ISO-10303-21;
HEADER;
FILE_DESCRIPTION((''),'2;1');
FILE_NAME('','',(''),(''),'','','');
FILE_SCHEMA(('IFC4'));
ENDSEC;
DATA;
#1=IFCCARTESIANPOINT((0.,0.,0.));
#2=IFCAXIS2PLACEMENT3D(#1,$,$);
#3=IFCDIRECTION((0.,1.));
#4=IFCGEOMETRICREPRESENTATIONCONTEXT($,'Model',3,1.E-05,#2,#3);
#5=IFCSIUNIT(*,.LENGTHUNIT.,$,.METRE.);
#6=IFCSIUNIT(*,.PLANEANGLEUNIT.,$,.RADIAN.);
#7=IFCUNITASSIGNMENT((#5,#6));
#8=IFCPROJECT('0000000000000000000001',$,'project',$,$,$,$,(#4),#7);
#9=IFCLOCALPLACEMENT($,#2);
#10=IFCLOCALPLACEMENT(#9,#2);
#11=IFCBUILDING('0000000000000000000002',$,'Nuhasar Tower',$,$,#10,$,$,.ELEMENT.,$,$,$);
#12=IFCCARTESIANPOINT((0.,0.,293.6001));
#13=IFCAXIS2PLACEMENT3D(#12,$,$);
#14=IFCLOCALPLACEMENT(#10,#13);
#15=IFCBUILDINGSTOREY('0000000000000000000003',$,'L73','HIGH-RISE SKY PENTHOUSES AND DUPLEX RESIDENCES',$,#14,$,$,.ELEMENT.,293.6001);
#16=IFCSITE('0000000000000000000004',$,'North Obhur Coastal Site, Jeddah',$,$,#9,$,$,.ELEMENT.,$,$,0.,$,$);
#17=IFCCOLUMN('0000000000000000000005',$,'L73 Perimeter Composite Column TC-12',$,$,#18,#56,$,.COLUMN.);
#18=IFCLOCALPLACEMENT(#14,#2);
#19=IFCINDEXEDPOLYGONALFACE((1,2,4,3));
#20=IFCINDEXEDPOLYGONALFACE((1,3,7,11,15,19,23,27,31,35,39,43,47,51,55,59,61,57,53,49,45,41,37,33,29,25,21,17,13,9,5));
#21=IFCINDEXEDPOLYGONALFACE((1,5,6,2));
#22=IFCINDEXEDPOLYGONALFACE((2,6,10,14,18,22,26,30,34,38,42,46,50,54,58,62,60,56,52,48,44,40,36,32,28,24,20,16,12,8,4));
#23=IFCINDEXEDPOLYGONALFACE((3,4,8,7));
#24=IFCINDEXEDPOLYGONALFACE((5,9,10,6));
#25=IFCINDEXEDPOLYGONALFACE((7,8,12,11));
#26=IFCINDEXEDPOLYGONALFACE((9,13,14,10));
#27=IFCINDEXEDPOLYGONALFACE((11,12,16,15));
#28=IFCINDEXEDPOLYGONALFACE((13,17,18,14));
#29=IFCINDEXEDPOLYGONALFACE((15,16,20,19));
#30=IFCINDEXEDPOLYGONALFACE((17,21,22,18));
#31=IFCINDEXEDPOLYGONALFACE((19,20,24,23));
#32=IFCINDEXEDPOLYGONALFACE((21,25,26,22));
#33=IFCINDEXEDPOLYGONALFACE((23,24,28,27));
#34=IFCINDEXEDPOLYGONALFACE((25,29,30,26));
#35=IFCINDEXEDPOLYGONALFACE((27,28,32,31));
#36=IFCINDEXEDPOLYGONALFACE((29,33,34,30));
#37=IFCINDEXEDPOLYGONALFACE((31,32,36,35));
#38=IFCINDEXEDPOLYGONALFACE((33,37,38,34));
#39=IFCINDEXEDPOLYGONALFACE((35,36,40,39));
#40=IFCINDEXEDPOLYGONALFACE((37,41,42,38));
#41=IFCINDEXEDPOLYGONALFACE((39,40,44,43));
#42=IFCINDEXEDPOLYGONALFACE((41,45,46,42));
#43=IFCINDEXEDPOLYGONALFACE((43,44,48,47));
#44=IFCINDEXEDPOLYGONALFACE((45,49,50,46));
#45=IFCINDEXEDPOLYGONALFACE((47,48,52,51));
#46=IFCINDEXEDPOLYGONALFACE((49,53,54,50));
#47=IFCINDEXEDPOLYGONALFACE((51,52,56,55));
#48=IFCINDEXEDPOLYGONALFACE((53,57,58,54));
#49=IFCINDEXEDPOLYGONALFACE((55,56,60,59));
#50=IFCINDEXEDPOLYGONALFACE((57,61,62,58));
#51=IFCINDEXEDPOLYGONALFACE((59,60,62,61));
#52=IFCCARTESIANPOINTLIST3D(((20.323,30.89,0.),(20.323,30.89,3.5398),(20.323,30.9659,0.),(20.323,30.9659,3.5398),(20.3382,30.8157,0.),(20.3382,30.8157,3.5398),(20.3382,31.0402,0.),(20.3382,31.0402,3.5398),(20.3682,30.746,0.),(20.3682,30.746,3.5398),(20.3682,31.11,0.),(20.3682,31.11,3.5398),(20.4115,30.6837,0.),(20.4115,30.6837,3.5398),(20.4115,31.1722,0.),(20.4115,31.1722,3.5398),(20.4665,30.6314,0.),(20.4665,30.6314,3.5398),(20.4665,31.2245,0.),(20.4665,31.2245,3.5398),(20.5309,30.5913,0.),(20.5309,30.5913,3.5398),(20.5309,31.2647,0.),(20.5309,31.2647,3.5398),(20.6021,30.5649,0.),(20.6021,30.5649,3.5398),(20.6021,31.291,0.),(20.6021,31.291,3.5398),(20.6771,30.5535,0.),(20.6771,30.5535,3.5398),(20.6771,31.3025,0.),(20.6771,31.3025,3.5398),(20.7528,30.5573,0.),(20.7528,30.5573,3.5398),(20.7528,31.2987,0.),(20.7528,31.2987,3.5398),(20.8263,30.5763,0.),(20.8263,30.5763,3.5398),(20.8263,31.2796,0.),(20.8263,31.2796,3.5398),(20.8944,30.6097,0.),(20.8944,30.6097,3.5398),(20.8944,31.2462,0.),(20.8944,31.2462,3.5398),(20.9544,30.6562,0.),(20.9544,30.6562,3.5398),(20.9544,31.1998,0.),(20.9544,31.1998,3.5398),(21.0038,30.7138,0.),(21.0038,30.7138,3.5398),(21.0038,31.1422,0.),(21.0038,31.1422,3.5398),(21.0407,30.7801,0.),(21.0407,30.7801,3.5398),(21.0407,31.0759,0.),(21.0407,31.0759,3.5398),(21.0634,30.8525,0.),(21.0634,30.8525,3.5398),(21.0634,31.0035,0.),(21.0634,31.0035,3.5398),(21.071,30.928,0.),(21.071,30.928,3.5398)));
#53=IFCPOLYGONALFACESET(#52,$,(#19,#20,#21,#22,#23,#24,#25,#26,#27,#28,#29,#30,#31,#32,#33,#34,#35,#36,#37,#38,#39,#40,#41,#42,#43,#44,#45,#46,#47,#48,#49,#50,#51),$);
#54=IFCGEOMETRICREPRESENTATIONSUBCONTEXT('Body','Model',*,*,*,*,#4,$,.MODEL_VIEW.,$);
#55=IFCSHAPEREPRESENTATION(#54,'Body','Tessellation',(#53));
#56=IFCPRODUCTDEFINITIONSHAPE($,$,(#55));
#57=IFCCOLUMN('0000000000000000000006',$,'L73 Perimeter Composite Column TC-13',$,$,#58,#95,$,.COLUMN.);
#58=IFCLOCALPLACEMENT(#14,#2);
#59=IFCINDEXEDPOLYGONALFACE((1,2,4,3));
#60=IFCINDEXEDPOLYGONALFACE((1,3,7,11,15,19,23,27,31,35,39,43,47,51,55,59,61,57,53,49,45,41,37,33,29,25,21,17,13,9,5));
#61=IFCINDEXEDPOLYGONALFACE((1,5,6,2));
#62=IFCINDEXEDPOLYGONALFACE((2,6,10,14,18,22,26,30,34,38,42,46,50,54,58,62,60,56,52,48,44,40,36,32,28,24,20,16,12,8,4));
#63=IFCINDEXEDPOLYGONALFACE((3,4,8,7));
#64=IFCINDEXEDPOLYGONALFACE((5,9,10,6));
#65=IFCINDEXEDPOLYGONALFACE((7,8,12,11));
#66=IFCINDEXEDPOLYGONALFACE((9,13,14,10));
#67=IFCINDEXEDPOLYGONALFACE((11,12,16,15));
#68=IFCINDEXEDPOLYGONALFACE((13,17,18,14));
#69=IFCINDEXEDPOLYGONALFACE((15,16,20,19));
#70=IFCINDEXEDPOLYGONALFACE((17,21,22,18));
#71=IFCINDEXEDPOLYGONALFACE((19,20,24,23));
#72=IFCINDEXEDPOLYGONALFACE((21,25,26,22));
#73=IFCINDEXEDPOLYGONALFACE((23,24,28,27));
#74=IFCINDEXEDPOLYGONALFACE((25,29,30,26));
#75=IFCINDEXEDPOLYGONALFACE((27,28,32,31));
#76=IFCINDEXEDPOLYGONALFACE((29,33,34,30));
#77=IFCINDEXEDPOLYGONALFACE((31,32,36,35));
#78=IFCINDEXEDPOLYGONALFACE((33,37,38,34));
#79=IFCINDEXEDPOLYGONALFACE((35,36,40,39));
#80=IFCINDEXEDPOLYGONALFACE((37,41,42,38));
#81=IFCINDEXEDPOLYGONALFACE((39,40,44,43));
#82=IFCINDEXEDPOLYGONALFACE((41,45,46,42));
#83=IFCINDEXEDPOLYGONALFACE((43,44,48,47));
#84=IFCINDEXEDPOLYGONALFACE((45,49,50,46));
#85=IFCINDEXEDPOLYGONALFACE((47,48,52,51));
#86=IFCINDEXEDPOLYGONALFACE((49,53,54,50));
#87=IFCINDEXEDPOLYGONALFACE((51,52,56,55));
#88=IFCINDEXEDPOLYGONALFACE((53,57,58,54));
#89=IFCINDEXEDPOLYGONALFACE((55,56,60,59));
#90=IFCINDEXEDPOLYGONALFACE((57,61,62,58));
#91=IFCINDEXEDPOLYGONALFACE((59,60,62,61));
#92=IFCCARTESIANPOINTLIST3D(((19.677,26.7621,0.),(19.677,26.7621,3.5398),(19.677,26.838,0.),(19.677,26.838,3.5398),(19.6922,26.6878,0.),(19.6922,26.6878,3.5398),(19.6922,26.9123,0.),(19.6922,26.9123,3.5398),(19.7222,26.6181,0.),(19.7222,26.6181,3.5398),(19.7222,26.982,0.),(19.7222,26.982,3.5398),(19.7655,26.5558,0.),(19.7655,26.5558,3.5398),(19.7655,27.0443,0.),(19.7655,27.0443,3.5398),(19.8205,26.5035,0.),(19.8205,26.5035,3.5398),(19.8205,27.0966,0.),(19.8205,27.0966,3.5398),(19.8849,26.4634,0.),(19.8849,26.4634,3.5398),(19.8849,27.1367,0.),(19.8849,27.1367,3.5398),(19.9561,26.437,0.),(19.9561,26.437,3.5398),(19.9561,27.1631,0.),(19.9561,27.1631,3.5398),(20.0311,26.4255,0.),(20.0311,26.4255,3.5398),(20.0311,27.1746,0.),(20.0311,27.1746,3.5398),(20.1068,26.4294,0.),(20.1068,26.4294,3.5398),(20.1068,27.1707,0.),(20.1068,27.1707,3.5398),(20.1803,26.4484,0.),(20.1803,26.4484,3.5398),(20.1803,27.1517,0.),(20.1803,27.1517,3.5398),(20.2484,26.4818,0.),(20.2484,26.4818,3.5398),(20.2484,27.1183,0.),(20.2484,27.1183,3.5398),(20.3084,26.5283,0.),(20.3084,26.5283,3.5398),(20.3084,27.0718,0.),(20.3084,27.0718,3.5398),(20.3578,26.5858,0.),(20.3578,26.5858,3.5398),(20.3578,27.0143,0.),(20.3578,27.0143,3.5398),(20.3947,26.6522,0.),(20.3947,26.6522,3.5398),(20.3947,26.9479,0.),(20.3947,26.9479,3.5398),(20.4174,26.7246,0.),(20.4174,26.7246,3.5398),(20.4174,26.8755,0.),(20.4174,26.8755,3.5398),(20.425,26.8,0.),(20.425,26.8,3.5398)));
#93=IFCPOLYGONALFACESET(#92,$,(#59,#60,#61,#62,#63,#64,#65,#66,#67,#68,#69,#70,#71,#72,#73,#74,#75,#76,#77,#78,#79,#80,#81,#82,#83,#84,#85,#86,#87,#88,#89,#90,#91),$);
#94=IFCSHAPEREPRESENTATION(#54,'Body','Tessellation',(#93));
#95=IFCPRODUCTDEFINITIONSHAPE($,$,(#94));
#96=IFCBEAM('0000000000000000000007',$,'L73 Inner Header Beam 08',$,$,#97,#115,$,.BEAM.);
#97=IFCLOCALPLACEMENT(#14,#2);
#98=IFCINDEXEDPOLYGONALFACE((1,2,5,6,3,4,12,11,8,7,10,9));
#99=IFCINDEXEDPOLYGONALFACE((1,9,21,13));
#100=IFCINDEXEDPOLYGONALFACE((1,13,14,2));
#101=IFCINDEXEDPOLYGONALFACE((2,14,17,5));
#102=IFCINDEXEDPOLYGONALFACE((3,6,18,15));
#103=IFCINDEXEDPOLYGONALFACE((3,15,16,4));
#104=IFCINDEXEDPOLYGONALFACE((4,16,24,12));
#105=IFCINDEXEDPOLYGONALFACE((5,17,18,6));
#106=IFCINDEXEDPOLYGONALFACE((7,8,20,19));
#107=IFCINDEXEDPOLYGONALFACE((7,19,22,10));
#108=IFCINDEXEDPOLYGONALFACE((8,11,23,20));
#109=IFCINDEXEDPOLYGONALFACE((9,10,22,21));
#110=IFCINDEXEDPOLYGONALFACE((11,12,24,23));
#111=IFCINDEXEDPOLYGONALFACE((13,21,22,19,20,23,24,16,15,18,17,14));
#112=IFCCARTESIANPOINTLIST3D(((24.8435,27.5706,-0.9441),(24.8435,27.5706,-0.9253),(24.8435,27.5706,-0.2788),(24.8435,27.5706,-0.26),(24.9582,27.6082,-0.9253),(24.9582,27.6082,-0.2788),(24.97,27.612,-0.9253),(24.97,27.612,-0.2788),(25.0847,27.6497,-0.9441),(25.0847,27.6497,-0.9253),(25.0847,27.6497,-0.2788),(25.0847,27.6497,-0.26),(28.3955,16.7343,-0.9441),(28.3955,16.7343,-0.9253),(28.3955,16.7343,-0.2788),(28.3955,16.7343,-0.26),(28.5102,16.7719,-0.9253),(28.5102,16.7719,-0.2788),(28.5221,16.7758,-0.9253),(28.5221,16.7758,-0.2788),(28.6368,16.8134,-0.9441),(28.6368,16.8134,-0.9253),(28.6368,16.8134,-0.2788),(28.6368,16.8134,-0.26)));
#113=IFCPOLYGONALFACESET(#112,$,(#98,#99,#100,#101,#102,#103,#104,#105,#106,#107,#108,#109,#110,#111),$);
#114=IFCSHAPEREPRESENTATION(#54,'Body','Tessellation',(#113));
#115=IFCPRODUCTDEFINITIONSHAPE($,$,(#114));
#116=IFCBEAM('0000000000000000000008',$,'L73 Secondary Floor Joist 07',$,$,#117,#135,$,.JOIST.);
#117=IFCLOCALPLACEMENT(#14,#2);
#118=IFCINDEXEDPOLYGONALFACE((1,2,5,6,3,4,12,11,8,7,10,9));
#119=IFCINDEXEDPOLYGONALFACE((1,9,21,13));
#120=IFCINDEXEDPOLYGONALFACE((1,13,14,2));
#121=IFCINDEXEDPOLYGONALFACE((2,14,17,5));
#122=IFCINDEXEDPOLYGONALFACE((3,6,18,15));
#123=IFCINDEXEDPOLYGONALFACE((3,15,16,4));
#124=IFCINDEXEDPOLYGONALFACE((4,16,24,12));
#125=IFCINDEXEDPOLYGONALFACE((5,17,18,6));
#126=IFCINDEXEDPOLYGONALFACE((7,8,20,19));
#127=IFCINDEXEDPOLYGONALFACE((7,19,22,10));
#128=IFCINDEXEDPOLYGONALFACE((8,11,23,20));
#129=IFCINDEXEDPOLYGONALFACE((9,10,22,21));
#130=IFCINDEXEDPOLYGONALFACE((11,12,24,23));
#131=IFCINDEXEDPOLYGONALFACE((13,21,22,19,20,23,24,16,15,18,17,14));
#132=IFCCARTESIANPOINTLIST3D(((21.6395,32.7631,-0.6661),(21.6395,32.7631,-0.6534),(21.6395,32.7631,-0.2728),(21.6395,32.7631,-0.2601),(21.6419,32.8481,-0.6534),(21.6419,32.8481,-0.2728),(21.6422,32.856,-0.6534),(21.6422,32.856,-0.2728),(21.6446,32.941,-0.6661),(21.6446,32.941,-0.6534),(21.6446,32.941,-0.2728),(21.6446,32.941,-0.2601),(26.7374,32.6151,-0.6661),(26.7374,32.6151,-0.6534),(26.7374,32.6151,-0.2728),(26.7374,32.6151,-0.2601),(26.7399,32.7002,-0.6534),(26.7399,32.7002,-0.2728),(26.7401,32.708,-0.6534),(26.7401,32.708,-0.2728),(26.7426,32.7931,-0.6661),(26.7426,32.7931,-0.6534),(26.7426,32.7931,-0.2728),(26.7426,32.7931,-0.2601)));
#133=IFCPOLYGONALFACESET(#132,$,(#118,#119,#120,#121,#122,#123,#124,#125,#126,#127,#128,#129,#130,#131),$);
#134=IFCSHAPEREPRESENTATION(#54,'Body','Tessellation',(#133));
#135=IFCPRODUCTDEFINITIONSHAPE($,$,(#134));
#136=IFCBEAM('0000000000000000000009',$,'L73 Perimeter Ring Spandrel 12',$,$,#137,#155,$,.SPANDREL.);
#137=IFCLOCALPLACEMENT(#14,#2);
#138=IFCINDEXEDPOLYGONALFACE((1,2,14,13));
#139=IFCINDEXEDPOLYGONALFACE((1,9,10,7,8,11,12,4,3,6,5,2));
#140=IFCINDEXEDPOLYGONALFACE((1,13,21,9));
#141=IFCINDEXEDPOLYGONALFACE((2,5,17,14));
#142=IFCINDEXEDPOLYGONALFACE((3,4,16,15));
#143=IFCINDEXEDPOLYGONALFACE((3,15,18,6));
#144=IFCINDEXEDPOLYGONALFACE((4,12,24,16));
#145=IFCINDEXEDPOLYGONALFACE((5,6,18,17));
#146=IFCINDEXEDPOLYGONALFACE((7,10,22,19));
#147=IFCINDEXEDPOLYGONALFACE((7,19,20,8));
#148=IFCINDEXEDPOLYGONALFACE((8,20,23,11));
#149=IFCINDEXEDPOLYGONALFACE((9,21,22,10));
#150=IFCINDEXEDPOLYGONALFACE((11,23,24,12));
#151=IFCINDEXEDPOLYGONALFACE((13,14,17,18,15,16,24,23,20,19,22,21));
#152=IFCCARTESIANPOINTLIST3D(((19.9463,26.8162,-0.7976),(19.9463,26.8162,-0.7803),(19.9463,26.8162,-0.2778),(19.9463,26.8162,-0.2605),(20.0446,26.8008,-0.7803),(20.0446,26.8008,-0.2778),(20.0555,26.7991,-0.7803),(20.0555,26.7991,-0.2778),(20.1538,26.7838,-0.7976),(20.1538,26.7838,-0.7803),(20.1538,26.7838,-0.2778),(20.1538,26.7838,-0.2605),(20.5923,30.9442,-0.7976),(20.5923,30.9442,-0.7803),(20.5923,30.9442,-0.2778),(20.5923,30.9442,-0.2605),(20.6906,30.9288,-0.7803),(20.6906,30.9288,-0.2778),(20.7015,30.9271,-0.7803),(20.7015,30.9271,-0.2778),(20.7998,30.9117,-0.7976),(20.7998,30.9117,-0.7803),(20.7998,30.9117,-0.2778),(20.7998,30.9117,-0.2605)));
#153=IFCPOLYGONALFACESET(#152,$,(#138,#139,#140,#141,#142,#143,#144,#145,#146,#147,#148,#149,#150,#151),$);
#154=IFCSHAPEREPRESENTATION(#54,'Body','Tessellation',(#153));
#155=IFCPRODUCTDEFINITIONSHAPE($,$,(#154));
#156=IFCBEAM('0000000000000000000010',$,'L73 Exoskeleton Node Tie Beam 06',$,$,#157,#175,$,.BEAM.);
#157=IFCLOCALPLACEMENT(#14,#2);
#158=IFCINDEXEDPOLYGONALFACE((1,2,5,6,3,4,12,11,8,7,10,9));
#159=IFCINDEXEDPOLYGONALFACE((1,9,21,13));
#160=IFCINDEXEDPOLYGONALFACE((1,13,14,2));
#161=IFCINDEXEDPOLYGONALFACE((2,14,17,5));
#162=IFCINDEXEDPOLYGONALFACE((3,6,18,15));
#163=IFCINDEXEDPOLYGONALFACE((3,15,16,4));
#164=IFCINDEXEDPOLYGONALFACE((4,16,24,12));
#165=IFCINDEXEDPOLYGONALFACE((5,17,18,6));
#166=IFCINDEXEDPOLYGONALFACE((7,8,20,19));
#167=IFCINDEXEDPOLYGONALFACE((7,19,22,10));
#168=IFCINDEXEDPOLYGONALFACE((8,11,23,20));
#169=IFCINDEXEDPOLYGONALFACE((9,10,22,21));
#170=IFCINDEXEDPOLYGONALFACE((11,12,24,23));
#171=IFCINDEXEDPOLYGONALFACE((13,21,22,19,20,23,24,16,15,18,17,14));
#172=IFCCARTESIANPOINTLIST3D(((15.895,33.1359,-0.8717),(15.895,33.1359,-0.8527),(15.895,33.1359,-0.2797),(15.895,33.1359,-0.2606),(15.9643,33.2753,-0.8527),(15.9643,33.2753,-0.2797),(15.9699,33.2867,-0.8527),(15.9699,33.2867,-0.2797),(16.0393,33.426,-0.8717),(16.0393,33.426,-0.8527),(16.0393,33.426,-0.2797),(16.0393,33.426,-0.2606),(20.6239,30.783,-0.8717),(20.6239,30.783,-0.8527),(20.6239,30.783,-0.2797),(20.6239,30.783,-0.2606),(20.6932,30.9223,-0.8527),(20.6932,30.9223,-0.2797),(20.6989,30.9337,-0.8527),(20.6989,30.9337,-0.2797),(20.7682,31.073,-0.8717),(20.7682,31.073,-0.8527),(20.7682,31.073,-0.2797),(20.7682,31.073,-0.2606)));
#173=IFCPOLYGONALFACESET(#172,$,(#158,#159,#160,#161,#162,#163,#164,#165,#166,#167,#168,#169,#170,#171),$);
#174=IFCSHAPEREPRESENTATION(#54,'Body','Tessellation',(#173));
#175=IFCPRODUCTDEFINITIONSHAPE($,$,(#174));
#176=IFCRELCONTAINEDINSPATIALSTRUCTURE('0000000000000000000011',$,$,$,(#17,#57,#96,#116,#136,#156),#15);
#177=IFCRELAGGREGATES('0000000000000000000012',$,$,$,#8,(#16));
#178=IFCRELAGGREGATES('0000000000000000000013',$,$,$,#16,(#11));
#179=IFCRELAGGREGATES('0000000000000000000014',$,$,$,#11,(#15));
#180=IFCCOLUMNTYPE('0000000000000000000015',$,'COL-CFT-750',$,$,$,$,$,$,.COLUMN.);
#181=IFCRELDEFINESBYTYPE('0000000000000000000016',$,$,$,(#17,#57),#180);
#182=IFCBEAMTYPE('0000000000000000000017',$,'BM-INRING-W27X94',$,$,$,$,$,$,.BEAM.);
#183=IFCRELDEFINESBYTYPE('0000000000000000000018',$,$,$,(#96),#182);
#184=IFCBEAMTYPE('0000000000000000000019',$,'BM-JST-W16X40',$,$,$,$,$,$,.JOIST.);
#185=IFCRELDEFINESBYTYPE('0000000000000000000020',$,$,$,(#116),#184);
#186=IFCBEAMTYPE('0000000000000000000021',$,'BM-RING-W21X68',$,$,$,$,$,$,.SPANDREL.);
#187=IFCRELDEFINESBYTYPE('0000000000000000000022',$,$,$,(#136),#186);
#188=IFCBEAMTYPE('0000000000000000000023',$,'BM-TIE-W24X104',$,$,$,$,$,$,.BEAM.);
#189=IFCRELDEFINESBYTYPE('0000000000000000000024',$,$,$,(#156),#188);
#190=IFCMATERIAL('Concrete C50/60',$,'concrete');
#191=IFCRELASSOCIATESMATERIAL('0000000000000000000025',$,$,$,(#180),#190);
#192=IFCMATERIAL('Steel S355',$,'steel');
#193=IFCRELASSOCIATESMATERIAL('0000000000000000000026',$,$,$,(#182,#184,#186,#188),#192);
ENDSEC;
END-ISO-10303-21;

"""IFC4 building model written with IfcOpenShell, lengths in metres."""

from ifc_helpers import new_model, si_unit, direction, frame, origin, origin_2d, place, context, subcontext, project, spatial, circle, i_section, extrude, material, material_profile, profile_set, type_object, element, save


model = new_model("IFC4")

# Units and contexts
model_context = context("Model", 3, precision=1e-05, world=origin(), true_north=direction((0.0, 1.0)))
body_context = subcontext(model_context, "Body", "Model", "MODEL_VIEW")
ifc_project = project(units=[si_unit("LENGTHUNIT", "METRE"), si_unit("PLANEANGLEUNIT", "RADIAN")], contexts=[model_context])

# Site, building, storey
site_placement = place(None, origin())
site = spatial("IfcSite", under=ifc_project, at=site_placement, Name="North Obhur Coastal Site, Jeddah", CompositionType="ELEMENT", RefElevation=0.0)
building_placement = place(site_placement, origin())
building = spatial("IfcBuilding", under=site, at=building_placement, Name="Nuhasar Tower", CompositionType="ELEMENT")
storey_placement = place(building_placement, frame((0.0, 0.0, 293.6001)))
storey = spatial("IfcBuildingStorey", under=building, at=storey_placement, Name="L73", Description="HIGH-RISE SKY PENTHOUSES AND DUPLEX RESIDENCES", CompositionType="ELEMENT", Elevation=293.6001)

# Columns
ifc_material_1 = material(Name="Concrete C50/60", Category="concrete")
ifc_material_profile_1 = material_profile(ifc_material_1, circle(Radius=0.375, at=origin_2d()), Name="CFT750")
ifc_profile_set_1 = profile_set([ifc_material_profile_1], Name="Concrete C50/60")
column_type = type_object("IfcColumnType", Name="COL-CFT-750", PredefinedType="COLUMN", material=ifc_profile_set_1)
for number, where, z_axis, x_axis, name in (
    (1, (20.696, 30.928, 0.0), (0.0, 0.0, 1.0), (1.0, 0.0, 0.0), "L73 Perimeter Composite Column TC-12"),
    (2, (20.05, 26.8, 0.0), (0.0, 0.0, 1.0), (1.0, 0.0, 0.0), "L73 Perimeter Composite Column TC-13"),
):
    element("IfcColumn", number, at=place(storey_placement, frame(where, z_axis=z_axis, x_axis=x_axis)), inside=storey, type_object=column_type, Name=name, PredefinedType="COLUMN", context=body_context, shape_type="SweptSolid", body=[
        extrude(circle(Radius=0.375, at=origin_2d()), origin(), (0.0, 0.0, 1.0), 3.5398),
    ])

# Beams
ifc_material_2 = material(Name="Steel S355", Category="steel")
ifc_material_profile_2 = material_profile(ifc_material_2, i_section(OverallWidth=0.2539, OverallDepth=0.6841, WebThickness=0.0125, FlangeThickness=0.0188, at=origin_2d()), Name="W27X94")
ifc_profile_set_2 = profile_set([ifc_material_profile_2], Name="Steel S355")
beam_type_1 = type_object("IfcBeamType", Name="BM-INRING-W27X94", PredefinedType="BEAM", material=ifc_profile_set_2)
beam_1_placement = place(storey_placement, frame((24.9641, 27.6101, -0.6021), z_axis=(0.311484, -0.950251, 0.0), x_axis=(0.950251, 0.311484, 0.0)))
element("IfcBeam", 3, at=beam_1_placement, inside=storey, type_object=beam_type_1, Name="L73 Inner Header Beam 08", PredefinedType="BEAM", context=body_context, shape_type="SweptSolid", body=[
    extrude(i_section(OverallWidth=0.2539, OverallDepth=0.6841, WebThickness=0.0125, FlangeThickness=0.0188, at=origin_2d()), origin(), (0.0, 0.0, 1.0), 11.4036),
])
ifc_material_profile_3 = material_profile(ifc_material_2, i_section(OverallWidth=0.178, OverallDepth=0.406, WebThickness=0.0078, FlangeThickness=0.0127, at=origin_2d()), Name="W16X40")
ifc_profile_set_3 = profile_set([ifc_material_profile_3], Name="Steel S355")
beam_type_2 = type_object("IfcBeamType", Name="BM-JST-W16X40", PredefinedType="JOIST", material=ifc_profile_set_3)
beam_2_placement = place(storey_placement, frame((26.74, 32.7041, -0.4631), z_axis=(-0.999579, 0.029009, 0.0), x_axis=(-0.029009, -0.999579, 0.0)))
element("IfcBeam", 4, at=beam_2_placement, inside=storey, type_object=beam_type_2, Name="L73 Secondary Floor Joist 07", PredefinedType="JOIST", context=body_context, shape_type="SweptSolid", body=[
    extrude(i_section(OverallWidth=0.178, OverallDepth=0.406, WebThickness=0.0078, FlangeThickness=0.0127, at=origin_2d()), origin(), (0.0, 0.0, 1.0), 5.1001),
])
ifc_material_profile_4 = material_profile(ifc_material_2, i_section(OverallWidth=0.21, OverallDepth=0.5371, WebThickness=0.011, FlangeThickness=0.0173, at=origin_2d()), Name="W21X68")
ifc_profile_set_4 = profile_set([ifc_material_profile_4], Name="Steel S355")
beam_type_3 = type_object("IfcBeamType", Name="BM-RING-W21X68", PredefinedType="SPANDREL", material=ifc_profile_set_4)
beam_3_placement = place(storey_placement, frame((20.696, 30.928, -0.5291), z_axis=(-0.154612, -0.987975, 0.0), x_axis=(0.987975, -0.154612, 0.0)))
element("IfcBeam", 5, at=beam_3_placement, inside=storey, type_object=beam_type_3, Name="L73 Perimeter Ring Spandrel 12", PredefinedType="SPANDREL", context=body_context, shape_type="SweptSolid", body=[
    extrude(i_section(OverallWidth=0.21, OverallDepth=0.5371, WebThickness=0.011, FlangeThickness=0.0173, at=origin_2d()), origin(), (0.0, 0.0, 1.0), 4.1782),
])
ifc_material_profile_5 = material_profile(ifc_material_2, i_section(OverallWidth=0.324, OverallDepth=0.6111, WebThickness=0.0127, FlangeThickness=0.019, at=origin_2d()), Name="W24X104")
ifc_profile_set_5 = profile_set([ifc_material_profile_5], Name="Steel S355")
beam_type_4 = type_object("IfcBeamType", Name="BM-TIE-W24X104", PredefinedType="BEAM", material=ifc_profile_set_5)
beam_4_placement = place(storey_placement, frame((20.696, 30.928, -0.5662), z_axis=(-0.895294, 0.445475, 0.0), x_axis=(-0.445475, -0.895294, 0.0)))
element("IfcBeam", 6, at=beam_4_placement, inside=storey, type_object=beam_type_4, Name="L73 Exoskeleton Node Tie Beam 06", PredefinedType="BEAM", context=body_context, shape_type="SweptSolid", body=[
    extrude(i_section(OverallWidth=0.324, OverallDepth=0.6111, WebThickness=0.0127, FlangeThickness=0.019, at=origin_2d()), origin(), (0.0, 0.0, 1.0), 5.282),
])

save(model, "model.ifc")
